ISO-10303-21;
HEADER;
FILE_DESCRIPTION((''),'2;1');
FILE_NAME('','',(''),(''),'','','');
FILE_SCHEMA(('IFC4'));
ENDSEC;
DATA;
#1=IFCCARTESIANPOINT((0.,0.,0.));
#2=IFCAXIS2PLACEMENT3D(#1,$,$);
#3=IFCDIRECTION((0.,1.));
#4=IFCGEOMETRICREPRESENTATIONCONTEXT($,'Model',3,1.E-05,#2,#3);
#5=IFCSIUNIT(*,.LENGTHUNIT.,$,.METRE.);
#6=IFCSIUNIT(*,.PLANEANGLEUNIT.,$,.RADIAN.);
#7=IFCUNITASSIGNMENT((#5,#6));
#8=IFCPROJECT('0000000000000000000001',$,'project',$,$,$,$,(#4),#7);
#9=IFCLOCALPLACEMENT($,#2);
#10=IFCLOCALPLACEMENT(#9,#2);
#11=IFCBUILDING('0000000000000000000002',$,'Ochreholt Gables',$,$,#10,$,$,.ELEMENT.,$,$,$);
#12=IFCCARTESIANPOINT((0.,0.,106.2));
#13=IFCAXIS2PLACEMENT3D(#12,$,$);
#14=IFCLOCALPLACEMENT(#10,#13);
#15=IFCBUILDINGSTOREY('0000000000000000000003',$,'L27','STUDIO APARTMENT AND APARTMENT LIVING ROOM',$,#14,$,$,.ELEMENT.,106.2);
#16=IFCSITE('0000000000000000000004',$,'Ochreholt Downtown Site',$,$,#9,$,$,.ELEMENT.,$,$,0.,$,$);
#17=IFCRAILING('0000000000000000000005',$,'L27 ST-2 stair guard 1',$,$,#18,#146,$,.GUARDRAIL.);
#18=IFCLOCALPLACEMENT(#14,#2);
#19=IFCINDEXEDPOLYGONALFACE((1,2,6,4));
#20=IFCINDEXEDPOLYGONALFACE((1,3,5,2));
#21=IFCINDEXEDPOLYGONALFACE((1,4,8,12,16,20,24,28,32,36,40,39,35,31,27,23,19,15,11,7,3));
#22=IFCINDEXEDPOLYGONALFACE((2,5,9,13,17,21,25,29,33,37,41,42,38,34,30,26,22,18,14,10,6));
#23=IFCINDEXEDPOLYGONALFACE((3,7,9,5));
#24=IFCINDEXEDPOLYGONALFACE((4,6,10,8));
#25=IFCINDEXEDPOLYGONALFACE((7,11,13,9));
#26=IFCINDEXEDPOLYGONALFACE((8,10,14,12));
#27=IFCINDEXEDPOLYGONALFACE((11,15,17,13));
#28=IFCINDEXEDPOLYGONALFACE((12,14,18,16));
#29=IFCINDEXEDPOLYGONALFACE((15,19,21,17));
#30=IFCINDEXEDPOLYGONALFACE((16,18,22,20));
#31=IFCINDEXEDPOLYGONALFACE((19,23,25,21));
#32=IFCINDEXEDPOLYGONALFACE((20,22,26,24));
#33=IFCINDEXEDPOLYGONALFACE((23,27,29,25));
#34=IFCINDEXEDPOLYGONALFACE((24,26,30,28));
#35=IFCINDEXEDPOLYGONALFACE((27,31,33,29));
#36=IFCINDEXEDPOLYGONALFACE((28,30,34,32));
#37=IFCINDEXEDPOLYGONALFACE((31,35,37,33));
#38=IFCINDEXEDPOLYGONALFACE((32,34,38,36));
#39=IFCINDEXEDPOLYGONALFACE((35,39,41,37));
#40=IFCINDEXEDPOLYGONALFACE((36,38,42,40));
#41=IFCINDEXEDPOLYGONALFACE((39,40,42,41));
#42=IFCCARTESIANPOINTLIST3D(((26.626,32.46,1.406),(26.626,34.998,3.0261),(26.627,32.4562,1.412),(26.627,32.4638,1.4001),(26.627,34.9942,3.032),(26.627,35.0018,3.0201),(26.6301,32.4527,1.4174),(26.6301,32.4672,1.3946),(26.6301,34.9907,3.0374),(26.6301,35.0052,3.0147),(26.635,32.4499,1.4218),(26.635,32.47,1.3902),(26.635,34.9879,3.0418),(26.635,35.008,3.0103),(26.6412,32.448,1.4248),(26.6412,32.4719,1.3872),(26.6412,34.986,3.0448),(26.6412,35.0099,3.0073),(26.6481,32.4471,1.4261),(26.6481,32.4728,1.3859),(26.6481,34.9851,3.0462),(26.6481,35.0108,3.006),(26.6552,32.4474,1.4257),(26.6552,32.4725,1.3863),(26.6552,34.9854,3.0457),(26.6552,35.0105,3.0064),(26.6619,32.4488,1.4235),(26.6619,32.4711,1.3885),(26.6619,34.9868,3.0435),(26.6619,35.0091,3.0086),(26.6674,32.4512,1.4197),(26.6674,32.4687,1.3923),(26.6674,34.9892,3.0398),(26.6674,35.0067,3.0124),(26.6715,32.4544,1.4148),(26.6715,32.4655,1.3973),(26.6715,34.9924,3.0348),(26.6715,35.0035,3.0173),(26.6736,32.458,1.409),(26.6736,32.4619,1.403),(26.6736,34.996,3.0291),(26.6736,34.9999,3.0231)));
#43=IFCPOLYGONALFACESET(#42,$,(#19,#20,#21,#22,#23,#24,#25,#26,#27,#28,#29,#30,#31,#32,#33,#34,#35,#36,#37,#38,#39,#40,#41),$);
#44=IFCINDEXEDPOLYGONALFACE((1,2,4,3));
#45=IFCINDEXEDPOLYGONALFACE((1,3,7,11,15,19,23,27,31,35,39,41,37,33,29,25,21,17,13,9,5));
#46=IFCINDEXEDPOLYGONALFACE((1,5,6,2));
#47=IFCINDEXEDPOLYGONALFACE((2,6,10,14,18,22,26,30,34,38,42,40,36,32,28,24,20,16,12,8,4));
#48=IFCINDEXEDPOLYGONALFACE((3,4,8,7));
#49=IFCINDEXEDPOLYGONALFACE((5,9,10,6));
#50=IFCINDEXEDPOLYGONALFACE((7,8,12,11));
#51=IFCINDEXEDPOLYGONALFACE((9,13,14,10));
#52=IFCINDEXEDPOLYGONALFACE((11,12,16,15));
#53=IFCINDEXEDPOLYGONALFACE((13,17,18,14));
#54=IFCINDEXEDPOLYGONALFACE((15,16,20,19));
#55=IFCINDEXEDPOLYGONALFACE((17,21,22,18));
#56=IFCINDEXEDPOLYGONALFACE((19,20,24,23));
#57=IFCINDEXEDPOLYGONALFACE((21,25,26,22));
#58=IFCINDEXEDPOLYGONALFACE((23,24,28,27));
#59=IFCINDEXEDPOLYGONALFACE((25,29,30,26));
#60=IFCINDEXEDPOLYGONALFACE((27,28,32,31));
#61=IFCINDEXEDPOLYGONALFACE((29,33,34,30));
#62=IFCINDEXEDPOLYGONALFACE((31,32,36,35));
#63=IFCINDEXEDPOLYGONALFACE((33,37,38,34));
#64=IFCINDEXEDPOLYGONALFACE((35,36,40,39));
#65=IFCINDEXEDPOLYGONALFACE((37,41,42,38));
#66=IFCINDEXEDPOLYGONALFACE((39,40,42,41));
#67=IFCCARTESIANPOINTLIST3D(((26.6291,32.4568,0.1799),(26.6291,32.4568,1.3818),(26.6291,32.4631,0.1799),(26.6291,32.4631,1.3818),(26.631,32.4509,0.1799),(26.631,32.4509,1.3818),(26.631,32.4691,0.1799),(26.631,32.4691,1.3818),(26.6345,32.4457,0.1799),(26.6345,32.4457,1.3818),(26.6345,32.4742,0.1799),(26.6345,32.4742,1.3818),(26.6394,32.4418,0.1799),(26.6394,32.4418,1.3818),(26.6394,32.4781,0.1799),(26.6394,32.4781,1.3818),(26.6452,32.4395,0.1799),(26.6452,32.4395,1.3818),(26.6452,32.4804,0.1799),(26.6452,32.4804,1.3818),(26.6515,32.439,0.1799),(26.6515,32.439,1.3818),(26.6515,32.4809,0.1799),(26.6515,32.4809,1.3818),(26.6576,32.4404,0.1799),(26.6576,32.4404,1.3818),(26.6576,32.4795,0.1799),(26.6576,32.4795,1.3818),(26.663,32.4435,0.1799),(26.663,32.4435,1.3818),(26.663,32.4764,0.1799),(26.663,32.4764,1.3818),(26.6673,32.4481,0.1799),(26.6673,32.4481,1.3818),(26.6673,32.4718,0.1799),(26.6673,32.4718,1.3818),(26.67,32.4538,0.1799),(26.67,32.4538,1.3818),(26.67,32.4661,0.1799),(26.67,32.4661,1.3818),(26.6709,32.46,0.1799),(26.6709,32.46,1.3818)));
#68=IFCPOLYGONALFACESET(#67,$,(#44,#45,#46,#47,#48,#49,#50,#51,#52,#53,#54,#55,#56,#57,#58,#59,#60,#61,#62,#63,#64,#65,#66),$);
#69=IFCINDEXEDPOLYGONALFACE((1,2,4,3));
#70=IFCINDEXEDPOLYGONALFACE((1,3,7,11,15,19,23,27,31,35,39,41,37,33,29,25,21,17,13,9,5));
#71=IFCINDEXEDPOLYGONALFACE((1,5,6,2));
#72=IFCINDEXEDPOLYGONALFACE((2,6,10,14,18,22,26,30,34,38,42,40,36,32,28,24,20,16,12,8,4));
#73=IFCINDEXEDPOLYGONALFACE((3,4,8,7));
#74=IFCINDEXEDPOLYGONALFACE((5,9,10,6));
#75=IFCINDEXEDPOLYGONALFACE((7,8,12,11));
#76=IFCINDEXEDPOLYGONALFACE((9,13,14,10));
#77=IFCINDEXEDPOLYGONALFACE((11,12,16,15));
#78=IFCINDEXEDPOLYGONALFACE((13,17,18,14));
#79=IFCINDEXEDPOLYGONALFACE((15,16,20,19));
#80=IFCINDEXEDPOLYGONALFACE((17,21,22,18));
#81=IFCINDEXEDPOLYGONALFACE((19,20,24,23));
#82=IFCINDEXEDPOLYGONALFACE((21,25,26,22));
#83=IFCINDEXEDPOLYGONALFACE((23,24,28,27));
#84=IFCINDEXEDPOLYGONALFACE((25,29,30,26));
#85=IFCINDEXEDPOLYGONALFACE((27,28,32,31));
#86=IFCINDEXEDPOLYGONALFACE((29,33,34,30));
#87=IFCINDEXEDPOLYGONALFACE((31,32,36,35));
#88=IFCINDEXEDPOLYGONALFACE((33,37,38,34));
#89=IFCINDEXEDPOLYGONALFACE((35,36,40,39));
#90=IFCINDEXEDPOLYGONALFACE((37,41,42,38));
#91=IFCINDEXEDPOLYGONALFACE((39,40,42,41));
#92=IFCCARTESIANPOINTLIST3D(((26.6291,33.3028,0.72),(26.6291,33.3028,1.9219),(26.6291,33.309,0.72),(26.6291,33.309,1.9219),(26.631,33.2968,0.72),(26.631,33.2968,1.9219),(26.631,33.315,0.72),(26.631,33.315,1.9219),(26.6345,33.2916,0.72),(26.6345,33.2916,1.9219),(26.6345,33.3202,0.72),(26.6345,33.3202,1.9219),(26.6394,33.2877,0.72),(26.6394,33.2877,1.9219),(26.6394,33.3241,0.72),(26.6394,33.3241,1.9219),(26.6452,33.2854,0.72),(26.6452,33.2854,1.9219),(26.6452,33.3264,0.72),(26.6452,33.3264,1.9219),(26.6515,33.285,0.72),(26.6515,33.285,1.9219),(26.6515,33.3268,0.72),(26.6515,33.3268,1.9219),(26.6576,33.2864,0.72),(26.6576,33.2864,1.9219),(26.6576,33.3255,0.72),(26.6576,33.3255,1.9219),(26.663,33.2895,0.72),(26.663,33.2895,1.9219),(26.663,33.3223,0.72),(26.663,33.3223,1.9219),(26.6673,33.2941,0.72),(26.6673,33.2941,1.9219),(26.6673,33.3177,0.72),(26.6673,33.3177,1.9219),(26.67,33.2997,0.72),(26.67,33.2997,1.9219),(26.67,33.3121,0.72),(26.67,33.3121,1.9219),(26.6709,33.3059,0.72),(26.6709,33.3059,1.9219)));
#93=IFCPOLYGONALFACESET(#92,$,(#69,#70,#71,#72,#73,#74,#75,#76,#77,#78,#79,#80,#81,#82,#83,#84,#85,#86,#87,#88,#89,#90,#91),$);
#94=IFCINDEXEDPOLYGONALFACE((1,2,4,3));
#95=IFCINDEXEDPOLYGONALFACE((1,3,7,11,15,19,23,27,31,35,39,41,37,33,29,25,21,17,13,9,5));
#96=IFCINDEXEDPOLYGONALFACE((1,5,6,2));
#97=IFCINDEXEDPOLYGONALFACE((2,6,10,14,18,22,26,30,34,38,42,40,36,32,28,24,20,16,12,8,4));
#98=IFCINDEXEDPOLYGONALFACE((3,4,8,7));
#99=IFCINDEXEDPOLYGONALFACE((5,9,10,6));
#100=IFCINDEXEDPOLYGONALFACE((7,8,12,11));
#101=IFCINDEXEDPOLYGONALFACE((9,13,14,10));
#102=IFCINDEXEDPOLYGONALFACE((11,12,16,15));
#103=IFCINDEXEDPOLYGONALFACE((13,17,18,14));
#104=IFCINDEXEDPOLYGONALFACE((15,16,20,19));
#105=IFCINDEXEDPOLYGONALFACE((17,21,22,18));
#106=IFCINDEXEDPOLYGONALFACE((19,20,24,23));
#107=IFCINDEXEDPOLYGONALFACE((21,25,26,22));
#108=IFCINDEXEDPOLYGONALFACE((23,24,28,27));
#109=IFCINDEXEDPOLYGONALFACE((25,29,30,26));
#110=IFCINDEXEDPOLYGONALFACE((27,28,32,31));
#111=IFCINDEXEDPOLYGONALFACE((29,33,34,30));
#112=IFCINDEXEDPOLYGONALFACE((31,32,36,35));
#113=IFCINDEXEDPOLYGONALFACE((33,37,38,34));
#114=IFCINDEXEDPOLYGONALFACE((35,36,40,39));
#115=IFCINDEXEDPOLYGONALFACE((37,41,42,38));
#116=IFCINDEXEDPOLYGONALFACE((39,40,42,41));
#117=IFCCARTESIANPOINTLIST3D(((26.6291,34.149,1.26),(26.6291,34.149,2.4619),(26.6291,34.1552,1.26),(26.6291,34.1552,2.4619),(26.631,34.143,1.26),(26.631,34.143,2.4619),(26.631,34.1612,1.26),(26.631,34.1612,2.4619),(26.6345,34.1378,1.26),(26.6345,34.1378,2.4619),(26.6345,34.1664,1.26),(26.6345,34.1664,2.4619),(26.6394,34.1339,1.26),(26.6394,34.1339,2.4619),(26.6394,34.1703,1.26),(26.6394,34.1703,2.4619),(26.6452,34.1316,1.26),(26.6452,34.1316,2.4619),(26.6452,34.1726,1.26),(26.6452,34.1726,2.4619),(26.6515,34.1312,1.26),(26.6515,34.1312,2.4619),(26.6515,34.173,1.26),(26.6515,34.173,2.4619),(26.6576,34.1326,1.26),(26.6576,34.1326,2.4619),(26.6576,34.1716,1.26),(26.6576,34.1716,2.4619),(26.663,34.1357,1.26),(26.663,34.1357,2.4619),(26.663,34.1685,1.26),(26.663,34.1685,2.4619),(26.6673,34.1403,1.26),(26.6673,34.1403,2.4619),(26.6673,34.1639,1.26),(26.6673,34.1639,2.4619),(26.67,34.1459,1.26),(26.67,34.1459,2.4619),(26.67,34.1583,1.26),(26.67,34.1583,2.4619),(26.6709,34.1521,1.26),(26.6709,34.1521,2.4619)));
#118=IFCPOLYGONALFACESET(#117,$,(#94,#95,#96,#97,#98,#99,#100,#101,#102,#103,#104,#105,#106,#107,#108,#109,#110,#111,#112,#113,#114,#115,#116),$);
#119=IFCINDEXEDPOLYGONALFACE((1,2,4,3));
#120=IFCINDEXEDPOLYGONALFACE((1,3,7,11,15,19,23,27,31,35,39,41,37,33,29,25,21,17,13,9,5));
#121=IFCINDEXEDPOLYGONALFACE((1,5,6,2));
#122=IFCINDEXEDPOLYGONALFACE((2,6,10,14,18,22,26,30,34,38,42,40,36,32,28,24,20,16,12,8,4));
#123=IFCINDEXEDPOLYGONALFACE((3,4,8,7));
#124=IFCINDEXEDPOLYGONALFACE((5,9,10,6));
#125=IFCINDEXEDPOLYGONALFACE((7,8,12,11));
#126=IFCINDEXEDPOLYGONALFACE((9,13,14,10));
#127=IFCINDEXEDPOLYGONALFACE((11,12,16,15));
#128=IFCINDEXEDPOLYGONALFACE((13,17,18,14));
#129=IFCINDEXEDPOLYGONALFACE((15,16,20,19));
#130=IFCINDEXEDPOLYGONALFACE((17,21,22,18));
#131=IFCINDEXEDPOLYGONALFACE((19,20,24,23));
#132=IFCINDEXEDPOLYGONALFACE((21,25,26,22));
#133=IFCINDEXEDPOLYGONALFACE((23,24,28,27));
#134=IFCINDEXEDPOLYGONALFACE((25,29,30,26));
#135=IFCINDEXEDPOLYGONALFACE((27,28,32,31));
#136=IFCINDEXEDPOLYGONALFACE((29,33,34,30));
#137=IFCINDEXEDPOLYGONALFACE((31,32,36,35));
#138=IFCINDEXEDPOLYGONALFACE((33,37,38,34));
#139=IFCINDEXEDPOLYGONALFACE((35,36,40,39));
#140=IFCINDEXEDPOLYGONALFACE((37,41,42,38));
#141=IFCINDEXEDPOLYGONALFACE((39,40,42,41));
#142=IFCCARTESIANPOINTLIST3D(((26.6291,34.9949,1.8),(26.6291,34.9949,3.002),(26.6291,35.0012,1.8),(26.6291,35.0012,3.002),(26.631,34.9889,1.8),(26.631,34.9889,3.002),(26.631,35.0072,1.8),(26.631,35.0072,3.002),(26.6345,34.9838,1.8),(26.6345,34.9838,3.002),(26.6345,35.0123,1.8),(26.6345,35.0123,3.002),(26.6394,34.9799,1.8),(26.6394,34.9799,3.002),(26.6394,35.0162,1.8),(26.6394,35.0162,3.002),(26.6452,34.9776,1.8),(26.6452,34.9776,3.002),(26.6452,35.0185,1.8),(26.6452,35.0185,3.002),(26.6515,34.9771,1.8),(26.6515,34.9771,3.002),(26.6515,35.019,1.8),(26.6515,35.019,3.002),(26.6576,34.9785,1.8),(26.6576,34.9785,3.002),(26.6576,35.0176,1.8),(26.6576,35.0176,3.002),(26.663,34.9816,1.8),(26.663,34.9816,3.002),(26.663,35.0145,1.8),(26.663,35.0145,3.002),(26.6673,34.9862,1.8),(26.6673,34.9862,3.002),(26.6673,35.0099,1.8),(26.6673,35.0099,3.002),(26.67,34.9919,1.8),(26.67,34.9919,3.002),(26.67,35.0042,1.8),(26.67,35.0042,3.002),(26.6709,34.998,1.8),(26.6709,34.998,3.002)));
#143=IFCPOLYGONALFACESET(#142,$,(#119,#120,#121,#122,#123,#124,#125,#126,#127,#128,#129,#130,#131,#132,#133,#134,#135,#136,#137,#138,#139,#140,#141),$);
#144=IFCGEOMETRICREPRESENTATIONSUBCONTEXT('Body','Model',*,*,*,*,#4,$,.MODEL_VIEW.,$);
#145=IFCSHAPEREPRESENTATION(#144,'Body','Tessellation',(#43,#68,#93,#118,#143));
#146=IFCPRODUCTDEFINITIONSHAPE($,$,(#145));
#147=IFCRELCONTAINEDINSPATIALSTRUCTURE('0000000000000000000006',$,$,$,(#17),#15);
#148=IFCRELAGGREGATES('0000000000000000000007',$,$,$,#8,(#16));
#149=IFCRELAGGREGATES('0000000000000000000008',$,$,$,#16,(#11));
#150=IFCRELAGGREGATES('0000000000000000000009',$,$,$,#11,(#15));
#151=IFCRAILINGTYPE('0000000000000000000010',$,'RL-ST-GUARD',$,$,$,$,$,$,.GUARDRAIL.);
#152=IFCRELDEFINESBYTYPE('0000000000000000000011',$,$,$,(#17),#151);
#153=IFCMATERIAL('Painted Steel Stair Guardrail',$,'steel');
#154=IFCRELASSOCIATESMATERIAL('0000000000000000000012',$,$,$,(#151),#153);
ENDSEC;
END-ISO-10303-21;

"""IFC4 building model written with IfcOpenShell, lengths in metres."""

from ifc_helpers import new_model, si_unit, direction, frame, origin, origin_2d, place, context, subcontext, project, spatial, circle, extrude, material, type_object, element, save


model = new_model("IFC4")

# Units and contexts
model_context = context("Model", 3, precision=1e-05, world=origin(), true_north=direction((0.0, 1.0)))
body_context = subcontext(model_context, "Body", "Model", "MODEL_VIEW")
ifc_project = project(units=[si_unit("LENGTHUNIT", "METRE"), si_unit("PLANEANGLEUNIT", "RADIAN")], contexts=[model_context])

# Site, building, storey
site_placement = place(None, origin())
site = spatial("IfcSite", under=ifc_project, at=site_placement, Name="Ochreholt Downtown Site", CompositionType="ELEMENT", RefElevation=0.0)
building_placement = place(site_placement, origin())
building = spatial("IfcBuilding", under=site, at=building_placement, Name="Ochreholt Gables", CompositionType="ELEMENT")
storey_placement = place(building_placement, frame((0.0, 0.0, 106.2)))
storey = spatial("IfcBuildingStorey", under=building, at=storey_placement, Name="L27", Description="STUDIO APARTMENT AND APARTMENT LIVING ROOM", CompositionType="ELEMENT", Elevation=106.2)

# Railing
ifc_material_1 = material(Name="Painted Steel Stair Guardrail", Category="steel")
railing_type_1 = type_object("IfcRailingType", Name="RL-ST-GUARD", PredefinedType="GUARDRAIL", material=ifc_material_1)
railing_1_placement = place(storey_placement, frame((26.6499, 32.46, 0.1799)))
element("IfcRailing", 1, at=railing_1_placement, inside=storey, type_object=railing_type_1, Name="L27 ST-2 stair guard 1", PredefinedType="GUARDRAIL", context=body_context, shape_type="SweptSolid", body=[
    extrude(circle(Radius=0.0239, at=origin_2d()), frame((0.0, 0.0, 1.2261), z_axis=(0.0, 0.842913, 0.53805), x_axis=(-1.0, 0.0, 0.0)), (0.0, 0.0, 1.0), 3.011),
    extrude(circle(Radius=0.021, at=origin_2d()), origin(), (0.0, 0.0, 1.0), 1.2019),
    extrude(circle(Radius=0.021, at=origin_2d()), frame((0.0, 0.8459, 0.54)), (0.0, 0.0, 1.0), 1.2019),
    extrude(circle(Radius=0.021, at=origin_2d()), frame((0.0, 1.6921, 1.0801)), (0.0, 0.0, 1.0), 1.2019),
    extrude(circle(Radius=0.021, at=origin_2d()), frame((0.0, 2.5381, 1.6201)), (0.0, 0.0, 1.0), 1.2019),
])

save(model, "model.ifc")
